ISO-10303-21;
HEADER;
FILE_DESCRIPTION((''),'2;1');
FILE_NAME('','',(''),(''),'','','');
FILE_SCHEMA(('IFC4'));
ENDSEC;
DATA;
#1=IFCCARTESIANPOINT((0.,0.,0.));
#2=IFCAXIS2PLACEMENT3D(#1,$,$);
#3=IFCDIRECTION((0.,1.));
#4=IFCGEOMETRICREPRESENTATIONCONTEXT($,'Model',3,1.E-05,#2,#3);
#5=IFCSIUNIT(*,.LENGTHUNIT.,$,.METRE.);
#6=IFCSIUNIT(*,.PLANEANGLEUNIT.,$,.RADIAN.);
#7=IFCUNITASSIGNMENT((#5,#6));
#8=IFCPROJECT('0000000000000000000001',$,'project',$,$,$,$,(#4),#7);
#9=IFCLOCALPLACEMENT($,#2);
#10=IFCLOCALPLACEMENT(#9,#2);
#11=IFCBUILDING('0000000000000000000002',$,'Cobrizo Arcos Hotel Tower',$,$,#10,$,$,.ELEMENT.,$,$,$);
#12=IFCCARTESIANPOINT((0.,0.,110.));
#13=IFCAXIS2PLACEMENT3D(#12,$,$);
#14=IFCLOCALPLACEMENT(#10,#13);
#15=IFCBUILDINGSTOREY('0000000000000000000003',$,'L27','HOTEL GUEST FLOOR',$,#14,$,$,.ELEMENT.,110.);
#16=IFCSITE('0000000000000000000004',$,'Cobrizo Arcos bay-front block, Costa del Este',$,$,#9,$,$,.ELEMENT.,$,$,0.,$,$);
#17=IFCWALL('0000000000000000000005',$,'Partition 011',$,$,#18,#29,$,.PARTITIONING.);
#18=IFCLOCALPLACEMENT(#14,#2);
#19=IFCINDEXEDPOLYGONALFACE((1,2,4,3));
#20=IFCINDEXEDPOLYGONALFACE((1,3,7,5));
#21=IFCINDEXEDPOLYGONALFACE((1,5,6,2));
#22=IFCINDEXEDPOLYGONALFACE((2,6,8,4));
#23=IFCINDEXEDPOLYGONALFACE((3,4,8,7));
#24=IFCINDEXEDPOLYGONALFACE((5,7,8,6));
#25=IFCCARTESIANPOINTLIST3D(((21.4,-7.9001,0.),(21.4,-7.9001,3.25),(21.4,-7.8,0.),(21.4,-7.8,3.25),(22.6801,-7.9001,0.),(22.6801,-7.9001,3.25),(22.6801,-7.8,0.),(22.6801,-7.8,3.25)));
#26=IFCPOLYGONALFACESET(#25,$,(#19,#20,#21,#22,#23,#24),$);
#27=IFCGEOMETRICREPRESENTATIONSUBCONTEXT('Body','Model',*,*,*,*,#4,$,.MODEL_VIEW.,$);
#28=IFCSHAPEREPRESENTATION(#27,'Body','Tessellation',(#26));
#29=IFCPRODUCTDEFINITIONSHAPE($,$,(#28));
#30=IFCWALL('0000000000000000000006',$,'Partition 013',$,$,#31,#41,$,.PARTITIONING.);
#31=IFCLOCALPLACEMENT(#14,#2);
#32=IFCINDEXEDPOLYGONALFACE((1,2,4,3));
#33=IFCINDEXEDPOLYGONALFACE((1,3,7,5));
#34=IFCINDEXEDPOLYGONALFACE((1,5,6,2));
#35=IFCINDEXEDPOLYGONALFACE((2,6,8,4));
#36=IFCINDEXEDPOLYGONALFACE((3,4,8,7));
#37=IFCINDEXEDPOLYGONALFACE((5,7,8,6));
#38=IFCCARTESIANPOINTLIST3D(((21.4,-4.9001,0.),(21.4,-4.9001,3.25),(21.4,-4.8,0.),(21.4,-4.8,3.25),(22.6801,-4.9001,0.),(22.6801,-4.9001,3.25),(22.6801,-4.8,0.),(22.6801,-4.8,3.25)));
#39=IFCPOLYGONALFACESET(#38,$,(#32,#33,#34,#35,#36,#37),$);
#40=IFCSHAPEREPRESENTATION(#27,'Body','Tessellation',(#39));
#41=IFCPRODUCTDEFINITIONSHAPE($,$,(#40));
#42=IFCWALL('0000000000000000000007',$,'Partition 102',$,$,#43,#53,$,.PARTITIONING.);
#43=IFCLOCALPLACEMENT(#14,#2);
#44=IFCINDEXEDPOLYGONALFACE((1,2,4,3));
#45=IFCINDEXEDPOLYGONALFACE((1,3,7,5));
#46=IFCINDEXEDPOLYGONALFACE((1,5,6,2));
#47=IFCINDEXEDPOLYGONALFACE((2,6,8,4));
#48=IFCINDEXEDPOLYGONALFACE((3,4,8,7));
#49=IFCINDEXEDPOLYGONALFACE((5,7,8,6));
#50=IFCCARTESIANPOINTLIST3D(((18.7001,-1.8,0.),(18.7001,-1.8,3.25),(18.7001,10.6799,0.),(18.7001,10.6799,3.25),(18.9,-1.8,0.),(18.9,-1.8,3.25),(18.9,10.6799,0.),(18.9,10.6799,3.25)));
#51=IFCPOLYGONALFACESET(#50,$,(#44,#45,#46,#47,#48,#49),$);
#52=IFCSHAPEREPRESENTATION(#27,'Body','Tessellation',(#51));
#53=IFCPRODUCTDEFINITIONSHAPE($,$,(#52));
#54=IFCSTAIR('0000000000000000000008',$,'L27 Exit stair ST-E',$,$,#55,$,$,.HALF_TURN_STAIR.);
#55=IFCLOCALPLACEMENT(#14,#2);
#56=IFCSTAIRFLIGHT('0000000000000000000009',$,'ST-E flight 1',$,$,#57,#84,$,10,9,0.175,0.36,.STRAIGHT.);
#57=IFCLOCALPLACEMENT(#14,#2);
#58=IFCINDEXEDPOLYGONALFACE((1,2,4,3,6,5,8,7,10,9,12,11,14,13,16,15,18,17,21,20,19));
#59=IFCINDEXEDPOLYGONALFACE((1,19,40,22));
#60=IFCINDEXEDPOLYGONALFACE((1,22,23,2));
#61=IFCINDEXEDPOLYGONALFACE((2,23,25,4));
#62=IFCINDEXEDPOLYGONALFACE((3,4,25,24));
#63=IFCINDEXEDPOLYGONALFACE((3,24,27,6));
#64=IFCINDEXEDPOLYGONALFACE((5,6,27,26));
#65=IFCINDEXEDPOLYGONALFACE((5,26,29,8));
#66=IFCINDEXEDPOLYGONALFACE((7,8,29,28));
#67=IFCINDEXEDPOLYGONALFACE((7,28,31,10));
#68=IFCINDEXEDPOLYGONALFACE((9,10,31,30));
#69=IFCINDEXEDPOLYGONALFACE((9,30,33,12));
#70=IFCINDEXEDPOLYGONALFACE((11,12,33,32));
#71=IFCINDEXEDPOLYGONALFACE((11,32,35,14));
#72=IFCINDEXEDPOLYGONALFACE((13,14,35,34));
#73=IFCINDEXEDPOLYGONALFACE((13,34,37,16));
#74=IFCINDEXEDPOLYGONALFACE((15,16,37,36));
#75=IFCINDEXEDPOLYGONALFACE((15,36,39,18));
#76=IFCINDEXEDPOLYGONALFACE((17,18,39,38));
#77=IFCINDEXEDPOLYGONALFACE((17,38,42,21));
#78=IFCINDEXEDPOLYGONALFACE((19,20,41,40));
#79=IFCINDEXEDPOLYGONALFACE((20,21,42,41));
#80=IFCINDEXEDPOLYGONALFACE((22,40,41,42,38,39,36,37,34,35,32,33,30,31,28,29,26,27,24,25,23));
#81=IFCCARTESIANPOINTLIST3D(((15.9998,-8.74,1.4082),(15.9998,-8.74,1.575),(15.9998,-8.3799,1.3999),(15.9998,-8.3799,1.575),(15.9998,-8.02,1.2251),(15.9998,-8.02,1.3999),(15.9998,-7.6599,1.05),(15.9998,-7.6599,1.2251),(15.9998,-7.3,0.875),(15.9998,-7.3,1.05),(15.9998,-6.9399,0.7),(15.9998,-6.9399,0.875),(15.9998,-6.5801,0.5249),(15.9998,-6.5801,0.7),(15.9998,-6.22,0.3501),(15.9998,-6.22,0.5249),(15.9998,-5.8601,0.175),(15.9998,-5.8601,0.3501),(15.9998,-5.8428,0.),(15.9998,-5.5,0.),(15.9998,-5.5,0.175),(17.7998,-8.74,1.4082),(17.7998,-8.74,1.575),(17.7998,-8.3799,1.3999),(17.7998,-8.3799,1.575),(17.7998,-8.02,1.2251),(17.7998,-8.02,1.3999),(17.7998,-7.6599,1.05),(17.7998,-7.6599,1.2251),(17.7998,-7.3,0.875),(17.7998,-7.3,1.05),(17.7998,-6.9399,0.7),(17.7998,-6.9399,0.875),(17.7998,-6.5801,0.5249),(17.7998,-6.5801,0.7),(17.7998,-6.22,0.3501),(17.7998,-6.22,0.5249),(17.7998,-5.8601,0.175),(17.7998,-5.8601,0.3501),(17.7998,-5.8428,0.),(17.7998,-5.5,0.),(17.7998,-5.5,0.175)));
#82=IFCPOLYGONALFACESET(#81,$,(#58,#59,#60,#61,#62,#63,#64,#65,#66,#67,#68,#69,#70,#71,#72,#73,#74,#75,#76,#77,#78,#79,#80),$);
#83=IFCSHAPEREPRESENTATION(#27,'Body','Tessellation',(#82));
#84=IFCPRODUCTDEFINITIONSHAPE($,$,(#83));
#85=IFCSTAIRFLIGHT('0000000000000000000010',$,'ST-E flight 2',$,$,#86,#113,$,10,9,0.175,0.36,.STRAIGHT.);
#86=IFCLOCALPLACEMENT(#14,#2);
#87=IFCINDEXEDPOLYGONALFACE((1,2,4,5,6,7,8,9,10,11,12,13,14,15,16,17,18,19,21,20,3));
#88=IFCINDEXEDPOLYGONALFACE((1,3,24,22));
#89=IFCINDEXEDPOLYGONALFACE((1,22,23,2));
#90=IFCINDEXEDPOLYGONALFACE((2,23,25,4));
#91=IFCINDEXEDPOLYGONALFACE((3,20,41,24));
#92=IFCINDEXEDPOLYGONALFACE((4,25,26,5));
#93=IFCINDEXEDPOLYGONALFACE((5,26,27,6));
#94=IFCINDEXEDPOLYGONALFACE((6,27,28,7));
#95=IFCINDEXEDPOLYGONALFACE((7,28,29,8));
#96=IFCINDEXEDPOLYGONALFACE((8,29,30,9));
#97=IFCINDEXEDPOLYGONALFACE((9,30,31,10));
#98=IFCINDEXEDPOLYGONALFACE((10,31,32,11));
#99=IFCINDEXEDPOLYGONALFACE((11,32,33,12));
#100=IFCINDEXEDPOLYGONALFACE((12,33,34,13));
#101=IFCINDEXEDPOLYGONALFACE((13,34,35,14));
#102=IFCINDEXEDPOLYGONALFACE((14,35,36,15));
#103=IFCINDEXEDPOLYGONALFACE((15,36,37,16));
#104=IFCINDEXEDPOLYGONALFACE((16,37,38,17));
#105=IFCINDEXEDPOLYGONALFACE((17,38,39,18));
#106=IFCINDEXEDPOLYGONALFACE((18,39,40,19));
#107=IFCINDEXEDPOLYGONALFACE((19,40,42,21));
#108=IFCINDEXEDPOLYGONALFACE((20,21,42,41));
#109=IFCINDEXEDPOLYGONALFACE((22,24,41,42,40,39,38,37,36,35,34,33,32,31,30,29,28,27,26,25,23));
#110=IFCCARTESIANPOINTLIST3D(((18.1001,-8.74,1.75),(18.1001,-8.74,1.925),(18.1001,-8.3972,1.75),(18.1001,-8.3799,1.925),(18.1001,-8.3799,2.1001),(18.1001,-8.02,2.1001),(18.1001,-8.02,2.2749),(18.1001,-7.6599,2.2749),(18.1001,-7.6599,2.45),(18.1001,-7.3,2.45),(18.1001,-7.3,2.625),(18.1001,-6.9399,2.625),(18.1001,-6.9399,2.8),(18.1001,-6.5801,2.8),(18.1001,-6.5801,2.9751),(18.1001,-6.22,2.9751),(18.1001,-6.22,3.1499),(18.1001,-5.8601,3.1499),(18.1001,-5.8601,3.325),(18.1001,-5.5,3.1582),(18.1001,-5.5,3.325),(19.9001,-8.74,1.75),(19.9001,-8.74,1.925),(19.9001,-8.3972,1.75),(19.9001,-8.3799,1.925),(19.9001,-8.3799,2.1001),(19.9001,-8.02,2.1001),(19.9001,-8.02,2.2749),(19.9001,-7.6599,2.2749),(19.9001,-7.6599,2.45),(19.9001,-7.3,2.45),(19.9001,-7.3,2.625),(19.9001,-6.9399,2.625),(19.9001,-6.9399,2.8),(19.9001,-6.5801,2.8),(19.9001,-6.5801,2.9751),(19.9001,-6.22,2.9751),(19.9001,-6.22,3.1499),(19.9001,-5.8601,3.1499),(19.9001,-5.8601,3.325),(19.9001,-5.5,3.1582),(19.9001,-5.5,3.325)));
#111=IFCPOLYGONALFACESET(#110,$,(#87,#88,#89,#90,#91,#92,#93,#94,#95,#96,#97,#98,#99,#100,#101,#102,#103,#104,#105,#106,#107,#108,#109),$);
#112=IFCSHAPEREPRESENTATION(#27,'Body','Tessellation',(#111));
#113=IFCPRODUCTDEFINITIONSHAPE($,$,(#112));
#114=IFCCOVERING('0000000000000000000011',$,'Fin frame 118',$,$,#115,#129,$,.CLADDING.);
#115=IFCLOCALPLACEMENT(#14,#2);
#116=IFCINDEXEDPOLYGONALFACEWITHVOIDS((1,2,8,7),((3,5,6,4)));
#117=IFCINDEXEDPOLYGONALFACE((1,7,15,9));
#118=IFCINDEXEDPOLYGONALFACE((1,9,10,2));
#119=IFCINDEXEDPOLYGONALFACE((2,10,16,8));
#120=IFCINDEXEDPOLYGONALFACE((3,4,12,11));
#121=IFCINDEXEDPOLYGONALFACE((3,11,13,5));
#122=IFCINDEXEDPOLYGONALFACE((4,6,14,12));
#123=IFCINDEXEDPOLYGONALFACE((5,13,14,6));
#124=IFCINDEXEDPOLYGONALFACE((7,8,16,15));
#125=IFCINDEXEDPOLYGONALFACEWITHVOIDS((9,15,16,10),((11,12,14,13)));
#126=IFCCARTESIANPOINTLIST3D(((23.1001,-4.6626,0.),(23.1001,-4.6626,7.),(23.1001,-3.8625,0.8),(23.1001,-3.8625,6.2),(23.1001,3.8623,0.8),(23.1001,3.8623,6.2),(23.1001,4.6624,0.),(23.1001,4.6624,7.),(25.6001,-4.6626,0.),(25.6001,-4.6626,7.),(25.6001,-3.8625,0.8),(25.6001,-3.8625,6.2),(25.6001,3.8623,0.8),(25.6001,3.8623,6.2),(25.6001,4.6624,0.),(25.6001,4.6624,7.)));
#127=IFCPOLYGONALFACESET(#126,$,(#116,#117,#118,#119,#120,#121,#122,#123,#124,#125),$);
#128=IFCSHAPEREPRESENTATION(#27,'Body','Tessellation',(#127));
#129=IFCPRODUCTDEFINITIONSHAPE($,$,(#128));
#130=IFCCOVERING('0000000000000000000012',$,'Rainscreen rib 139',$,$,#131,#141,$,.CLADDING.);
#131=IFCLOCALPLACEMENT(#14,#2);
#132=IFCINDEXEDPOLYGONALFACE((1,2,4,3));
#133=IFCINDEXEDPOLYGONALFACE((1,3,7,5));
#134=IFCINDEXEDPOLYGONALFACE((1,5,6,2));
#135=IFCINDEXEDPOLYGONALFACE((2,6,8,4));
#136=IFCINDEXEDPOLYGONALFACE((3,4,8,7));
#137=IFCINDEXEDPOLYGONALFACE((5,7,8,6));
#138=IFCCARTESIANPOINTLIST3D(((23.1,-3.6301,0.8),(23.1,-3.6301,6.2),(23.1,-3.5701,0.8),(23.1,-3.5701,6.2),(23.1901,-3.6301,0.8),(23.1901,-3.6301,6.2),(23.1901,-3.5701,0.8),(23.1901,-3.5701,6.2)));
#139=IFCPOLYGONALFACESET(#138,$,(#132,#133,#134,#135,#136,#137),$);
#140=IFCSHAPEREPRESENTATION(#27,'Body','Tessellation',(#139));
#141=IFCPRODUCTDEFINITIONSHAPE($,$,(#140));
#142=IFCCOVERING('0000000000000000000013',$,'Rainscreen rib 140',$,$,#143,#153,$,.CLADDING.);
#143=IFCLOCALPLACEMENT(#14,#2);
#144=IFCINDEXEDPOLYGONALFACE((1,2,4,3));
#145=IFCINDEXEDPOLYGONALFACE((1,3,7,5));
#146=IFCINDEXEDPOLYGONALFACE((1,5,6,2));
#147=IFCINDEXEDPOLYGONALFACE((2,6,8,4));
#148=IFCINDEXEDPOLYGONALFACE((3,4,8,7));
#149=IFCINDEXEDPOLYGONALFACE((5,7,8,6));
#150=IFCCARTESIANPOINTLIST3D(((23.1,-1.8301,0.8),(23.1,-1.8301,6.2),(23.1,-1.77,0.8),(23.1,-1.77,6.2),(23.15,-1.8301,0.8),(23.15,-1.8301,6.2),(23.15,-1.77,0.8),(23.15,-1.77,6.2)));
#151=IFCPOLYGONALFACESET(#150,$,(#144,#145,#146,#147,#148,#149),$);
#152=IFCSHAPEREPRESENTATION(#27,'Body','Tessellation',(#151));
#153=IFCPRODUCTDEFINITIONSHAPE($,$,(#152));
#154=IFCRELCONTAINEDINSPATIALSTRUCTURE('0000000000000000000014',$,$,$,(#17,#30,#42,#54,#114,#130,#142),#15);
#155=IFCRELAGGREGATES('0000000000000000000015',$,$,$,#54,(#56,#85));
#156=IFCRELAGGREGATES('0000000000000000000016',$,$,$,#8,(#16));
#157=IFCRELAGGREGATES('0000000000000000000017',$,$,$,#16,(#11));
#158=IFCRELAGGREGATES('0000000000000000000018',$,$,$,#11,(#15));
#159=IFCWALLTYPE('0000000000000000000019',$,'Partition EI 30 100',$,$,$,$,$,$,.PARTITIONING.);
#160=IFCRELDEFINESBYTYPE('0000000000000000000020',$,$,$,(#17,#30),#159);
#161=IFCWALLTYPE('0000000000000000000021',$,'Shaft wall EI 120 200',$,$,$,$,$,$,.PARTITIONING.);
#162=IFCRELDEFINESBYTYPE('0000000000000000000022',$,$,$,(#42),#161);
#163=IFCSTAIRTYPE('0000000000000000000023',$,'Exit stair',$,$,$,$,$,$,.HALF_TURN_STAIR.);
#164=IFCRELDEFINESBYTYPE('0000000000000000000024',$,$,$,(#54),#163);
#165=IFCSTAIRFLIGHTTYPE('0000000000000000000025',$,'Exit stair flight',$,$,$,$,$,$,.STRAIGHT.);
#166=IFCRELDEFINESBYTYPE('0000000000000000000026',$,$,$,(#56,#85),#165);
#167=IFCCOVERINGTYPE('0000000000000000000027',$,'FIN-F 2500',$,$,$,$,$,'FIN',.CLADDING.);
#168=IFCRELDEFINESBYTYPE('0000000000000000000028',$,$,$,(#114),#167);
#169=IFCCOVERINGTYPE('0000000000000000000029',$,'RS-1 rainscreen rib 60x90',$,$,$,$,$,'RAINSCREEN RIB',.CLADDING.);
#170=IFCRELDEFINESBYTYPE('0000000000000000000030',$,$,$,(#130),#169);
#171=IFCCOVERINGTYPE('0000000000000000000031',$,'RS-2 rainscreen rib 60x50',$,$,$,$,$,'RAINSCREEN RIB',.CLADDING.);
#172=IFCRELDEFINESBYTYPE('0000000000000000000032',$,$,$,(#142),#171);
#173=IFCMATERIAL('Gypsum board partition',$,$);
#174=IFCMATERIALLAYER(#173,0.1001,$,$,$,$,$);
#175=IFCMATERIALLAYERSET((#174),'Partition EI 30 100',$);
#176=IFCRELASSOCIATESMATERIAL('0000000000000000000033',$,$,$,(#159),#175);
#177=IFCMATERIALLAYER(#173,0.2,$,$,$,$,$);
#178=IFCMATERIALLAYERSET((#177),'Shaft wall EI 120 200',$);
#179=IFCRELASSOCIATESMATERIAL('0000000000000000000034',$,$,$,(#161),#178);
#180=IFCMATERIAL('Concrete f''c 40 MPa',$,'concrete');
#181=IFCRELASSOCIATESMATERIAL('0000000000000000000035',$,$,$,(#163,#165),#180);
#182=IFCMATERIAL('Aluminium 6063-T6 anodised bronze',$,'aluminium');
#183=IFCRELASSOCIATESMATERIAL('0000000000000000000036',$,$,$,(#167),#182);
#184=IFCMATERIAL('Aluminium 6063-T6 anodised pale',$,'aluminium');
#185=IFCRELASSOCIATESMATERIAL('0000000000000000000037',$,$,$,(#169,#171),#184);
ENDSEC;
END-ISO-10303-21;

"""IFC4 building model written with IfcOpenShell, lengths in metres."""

from ifc_helpers import new_model, si_unit, direction, frame, frame_2d, origin, origin_2d, place, context, subcontext, project, spatial, polyline, rectangle, outline, extrude, material, layer, layer_set, type_object, element, aggregate, save


model = new_model("IFC4")

# Units and contexts
model_context = context("Model", 3, precision=1e-05, world=origin(), true_north=direction((0.0, 1.0)))
body_context = subcontext(model_context, "Body", "Model", "MODEL_VIEW")
ifc_project = project(units=[si_unit("LENGTHUNIT", "METRE"), si_unit("PLANEANGLEUNIT", "RADIAN")], contexts=[model_context])

# Site, building, storey
site_placement = place(None, origin())
site = spatial("IfcSite", under=ifc_project, at=site_placement, Name="Cobrizo Arcos bay-front block, Costa del Este", CompositionType="ELEMENT", RefElevation=0.0)
building_placement = place(site_placement, origin())
building = spatial("IfcBuilding", under=site, at=building_placement, Name="Cobrizo Arcos Hotel Tower", CompositionType="ELEMENT")
storey_placement = place(building_placement, frame((0.0, 0.0, 110.0)))
storey = spatial("IfcBuildingStorey", under=building, at=storey_placement, Name="L27", Description="HOTEL GUEST FLOOR", CompositionType="ELEMENT", Elevation=110.0)

# Walls
ifc_material_1 = material(Name="Gypsum board partition")
ifc_layer_1 = layer(ifc_material_1, 0.1001)
ifc_layer_set_1 = layer_set([ifc_layer_1], Name="Partition EI 30 100")
wall_type_1 = type_object("IfcWallType", Name="Partition EI 30 100", PredefinedType="PARTITIONING", material=ifc_layer_set_1)
for number, where, z_axis, x_axis, name in (
    (1, (21.3999, -7.8501, 0.0), (0.0, 0.0, 1.0), (1.0, 0.0, 0.0), "Partition 011"),
    (2, (21.3999, -4.8501, 0.0), (0.0, 0.0, 1.0), (1.0, 0.0, 0.0), "Partition 013"),
):
    element("IfcWall", number, at=place(storey_placement, frame(where, z_axis=z_axis, x_axis=x_axis)), inside=storey, type_object=wall_type_1, Name=name, PredefinedType="PARTITIONING", context=body_context, shape_type="SweptSolid", body=[
        extrude(rectangle(XDim=1.28, YDim=0.1001, at=frame_2d((0.6401, 0.0))), origin(), (0.0, 0.0, 1.0), 3.25),
    ])
ifc_layer_2 = layer(ifc_material_1, 0.2)
ifc_layer_set_2 = layer_set([ifc_layer_2], Name="Shaft wall EI 120 200")
wall_type_2 = type_object("IfcWallType", Name="Shaft wall EI 120 200", PredefinedType="PARTITIONING", material=ifc_layer_set_2)
wall_placement = place(storey_placement, frame((18.8, -1.8, 0.0), z_axis=(0.0, 0.0, 1.0), x_axis=(0.0, 1.0, 0.0)))
element("IfcWall", 3, at=wall_placement, inside=storey, type_object=wall_type_2, Name="Partition 102", PredefinedType="PARTITIONING", context=body_context, shape_type="SweptSolid", body=[
    extrude(rectangle(XDim=12.48, YDim=0.2, at=frame_2d((6.24, 0.0))), origin(), (0.0, 0.0, 1.0), 3.25),
])

# Stair, stair flights
ifc_material_2 = material(Name="Concrete f'c 40 MPa", Category="concrete")
stair_type = type_object("IfcStairType", Name="Exit stair", PredefinedType="HALF_TURN_STAIR", material=ifc_material_2)
stair_placement = place(storey_placement, origin())
stair = element("IfcStair", 4, at=stair_placement, inside=storey, type_object=stair_type, Name="L27 Exit stair ST-E", PredefinedType="HALF_TURN_STAIR")
stair_flight_type = type_object("IfcStairFlightType", Name="Exit stair flight", PredefinedType="STRAIGHT", material=ifc_material_2)
stair_flight_1_placement = place(storey_placement, frame((16.8999, -5.5, 0.0), z_axis=(0.0, 0.0, 1.0), x_axis=(0.0, -1.0, 0.0)))
stair_flight_1 = element("IfcStairFlight", 5, at=stair_flight_1_placement, type_object=stair_flight_type, Name="ST-E flight 1", NumberOfRisers=10, NumberOfTreads=9, PredefinedType="STRAIGHT", RiserHeight=0.175, TreadLength=0.36, context=body_context, shape_type="SweptSolid", body=[
    extrude(outline(polyline([(0.0, 0.0), (0.0, 0.175), (0.3601, 0.175), (0.3601, 0.3501), (0.72, 0.3501), (0.72, 0.5249), (1.0801, 0.5249), (1.0801, 0.7), (1.4399, 0.7), (1.4399, 0.875), (1.8, 0.875), (1.8, 1.05), (2.1599, 1.05), (2.1599, 1.2251), (2.52, 1.2251), (2.52, 1.3999), (2.8799, 1.3999), (2.8799, 1.575), (3.24, 1.575), (3.24, 1.75), (3.24, 1.4082), (0.3428, 0.0), (0.0, 0.0)])), frame((0.0, 0.8999, 0.0), z_axis=(0.0, -1.0, 0.0), x_axis=(1.0, 0.0, 0.0)), (0.0, 0.0, 1.0), 1.8),
])
stair_flight_2_placement = place(storey_placement, frame((19.0, -8.74, 1.75), z_axis=(0.0, 0.0, 1.0), x_axis=(0.0, 1.0, 0.0)))
stair_flight_2 = element("IfcStairFlight", 6, at=stair_flight_2_placement, type_object=stair_flight_type, Name="ST-E flight 2", NumberOfRisers=10, NumberOfTreads=9, PredefinedType="STRAIGHT", RiserHeight=0.175, TreadLength=0.36, context=body_context, shape_type="SweptSolid", body=[
    extrude(outline(polyline([(0.0, 0.0), (0.0, 0.175), (0.3601, 0.175), (0.3601, 0.3501), (0.72, 0.3501), (0.72, 0.5249), (1.0801, 0.5249), (1.0801, 0.7), (1.4399, 0.7), (1.4399, 0.875), (1.8, 0.875), (1.8, 1.05), (2.1599, 1.05), (2.1599, 1.2251), (2.52, 1.2251), (2.52, 1.3999), (2.8799, 1.3999), (2.8799, 1.575), (3.24, 1.575), (3.24, 1.75), (3.24, 1.4082), (0.3428, 0.0), (0.0, 0.0)])), frame((0.0, 0.8999, 0.0), z_axis=(0.0, -1.0, 0.0), x_axis=(1.0, 0.0, 0.0)), (0.0, 0.0, 1.0), 1.8),
])
aggregate(stair, [stair_flight_1, stair_flight_2])

# Coverings
ifc_material_3 = material(Name="Aluminium 6063-T6 anodised bronze", Category="aluminium")
covering_type_1 = type_object("IfcCoveringType", Name="FIN-F 2500", ElementType="FIN", PredefinedType="CLADDING", material=ifc_material_3)
covering_1_placement = place(storey_placement, frame((23.1001, -4.6626, 0.0), z_axis=(1.0, 0.0, 0.0), x_axis=(0.0, 1.0, 0.0)))
element("IfcCovering", 7, at=covering_1_placement, inside=storey, type_object=covering_type_1, Name="Fin frame 118", PredefinedType="CLADDING", context=body_context, shape_type="SweptSolid", body=[
    extrude(outline(polyline([(0.0, 7.0), (0.0, 0.0), (9.325, 0.0), (9.325, 7.0), (0.0, 7.0)]), holes=[polyline([(8.5249, 0.8), (0.8, 0.8), (0.8, 6.2), (8.5249, 6.2), (8.5249, 0.8)])]), origin(), (0.0, 0.0, 1.0), 2.5),
])
ifc_material_4 = material(Name="Aluminium 6063-T6 anodised pale", Category="aluminium")
covering_type_2 = type_object("IfcCoveringType", Name="RS-1 rainscreen rib 60x90", ElementType="RAINSCREEN RIB", PredefinedType="CLADDING", material=ifc_material_4)
covering_2_placement = place(storey_placement, frame((23.145, -3.6001, 0.8), z_axis=(0.0, 0.0, 1.0), x_axis=(0.0, 1.0, 0.0)))
element("IfcCovering", 8, at=covering_2_placement, inside=storey, type_object=covering_type_2, Name="Rainscreen rib 139", PredefinedType="CLADDING", context=body_context, shape_type="SweptSolid", body=[
    extrude(rectangle(XDim=0.0601, YDim=0.0901, at=origin_2d()), origin(), (0.0, 0.0, 1.0), 5.3999),
])
covering_type_3 = type_object("IfcCoveringType", Name="RS-2 rainscreen rib 60x50", ElementType="RAINSCREEN RIB", PredefinedType="CLADDING", material=ifc_material_4)
covering_3_placement = place(storey_placement, frame((23.125, -1.8, 0.8), z_axis=(0.0, 0.0, 1.0), x_axis=(0.0, 1.0, 0.0)))
element("IfcCovering", 9, at=covering_3_placement, inside=storey, type_object=covering_type_3, Name="Rainscreen rib 140", PredefinedType="CLADDING", context=body_context, shape_type="SweptSolid", body=[
    extrude(rectangle(XDim=0.0601, YDim=0.05, at=origin_2d()), origin(), (0.0, 0.0, 1.0), 5.3999),
])

save(model, "model.ifc")
